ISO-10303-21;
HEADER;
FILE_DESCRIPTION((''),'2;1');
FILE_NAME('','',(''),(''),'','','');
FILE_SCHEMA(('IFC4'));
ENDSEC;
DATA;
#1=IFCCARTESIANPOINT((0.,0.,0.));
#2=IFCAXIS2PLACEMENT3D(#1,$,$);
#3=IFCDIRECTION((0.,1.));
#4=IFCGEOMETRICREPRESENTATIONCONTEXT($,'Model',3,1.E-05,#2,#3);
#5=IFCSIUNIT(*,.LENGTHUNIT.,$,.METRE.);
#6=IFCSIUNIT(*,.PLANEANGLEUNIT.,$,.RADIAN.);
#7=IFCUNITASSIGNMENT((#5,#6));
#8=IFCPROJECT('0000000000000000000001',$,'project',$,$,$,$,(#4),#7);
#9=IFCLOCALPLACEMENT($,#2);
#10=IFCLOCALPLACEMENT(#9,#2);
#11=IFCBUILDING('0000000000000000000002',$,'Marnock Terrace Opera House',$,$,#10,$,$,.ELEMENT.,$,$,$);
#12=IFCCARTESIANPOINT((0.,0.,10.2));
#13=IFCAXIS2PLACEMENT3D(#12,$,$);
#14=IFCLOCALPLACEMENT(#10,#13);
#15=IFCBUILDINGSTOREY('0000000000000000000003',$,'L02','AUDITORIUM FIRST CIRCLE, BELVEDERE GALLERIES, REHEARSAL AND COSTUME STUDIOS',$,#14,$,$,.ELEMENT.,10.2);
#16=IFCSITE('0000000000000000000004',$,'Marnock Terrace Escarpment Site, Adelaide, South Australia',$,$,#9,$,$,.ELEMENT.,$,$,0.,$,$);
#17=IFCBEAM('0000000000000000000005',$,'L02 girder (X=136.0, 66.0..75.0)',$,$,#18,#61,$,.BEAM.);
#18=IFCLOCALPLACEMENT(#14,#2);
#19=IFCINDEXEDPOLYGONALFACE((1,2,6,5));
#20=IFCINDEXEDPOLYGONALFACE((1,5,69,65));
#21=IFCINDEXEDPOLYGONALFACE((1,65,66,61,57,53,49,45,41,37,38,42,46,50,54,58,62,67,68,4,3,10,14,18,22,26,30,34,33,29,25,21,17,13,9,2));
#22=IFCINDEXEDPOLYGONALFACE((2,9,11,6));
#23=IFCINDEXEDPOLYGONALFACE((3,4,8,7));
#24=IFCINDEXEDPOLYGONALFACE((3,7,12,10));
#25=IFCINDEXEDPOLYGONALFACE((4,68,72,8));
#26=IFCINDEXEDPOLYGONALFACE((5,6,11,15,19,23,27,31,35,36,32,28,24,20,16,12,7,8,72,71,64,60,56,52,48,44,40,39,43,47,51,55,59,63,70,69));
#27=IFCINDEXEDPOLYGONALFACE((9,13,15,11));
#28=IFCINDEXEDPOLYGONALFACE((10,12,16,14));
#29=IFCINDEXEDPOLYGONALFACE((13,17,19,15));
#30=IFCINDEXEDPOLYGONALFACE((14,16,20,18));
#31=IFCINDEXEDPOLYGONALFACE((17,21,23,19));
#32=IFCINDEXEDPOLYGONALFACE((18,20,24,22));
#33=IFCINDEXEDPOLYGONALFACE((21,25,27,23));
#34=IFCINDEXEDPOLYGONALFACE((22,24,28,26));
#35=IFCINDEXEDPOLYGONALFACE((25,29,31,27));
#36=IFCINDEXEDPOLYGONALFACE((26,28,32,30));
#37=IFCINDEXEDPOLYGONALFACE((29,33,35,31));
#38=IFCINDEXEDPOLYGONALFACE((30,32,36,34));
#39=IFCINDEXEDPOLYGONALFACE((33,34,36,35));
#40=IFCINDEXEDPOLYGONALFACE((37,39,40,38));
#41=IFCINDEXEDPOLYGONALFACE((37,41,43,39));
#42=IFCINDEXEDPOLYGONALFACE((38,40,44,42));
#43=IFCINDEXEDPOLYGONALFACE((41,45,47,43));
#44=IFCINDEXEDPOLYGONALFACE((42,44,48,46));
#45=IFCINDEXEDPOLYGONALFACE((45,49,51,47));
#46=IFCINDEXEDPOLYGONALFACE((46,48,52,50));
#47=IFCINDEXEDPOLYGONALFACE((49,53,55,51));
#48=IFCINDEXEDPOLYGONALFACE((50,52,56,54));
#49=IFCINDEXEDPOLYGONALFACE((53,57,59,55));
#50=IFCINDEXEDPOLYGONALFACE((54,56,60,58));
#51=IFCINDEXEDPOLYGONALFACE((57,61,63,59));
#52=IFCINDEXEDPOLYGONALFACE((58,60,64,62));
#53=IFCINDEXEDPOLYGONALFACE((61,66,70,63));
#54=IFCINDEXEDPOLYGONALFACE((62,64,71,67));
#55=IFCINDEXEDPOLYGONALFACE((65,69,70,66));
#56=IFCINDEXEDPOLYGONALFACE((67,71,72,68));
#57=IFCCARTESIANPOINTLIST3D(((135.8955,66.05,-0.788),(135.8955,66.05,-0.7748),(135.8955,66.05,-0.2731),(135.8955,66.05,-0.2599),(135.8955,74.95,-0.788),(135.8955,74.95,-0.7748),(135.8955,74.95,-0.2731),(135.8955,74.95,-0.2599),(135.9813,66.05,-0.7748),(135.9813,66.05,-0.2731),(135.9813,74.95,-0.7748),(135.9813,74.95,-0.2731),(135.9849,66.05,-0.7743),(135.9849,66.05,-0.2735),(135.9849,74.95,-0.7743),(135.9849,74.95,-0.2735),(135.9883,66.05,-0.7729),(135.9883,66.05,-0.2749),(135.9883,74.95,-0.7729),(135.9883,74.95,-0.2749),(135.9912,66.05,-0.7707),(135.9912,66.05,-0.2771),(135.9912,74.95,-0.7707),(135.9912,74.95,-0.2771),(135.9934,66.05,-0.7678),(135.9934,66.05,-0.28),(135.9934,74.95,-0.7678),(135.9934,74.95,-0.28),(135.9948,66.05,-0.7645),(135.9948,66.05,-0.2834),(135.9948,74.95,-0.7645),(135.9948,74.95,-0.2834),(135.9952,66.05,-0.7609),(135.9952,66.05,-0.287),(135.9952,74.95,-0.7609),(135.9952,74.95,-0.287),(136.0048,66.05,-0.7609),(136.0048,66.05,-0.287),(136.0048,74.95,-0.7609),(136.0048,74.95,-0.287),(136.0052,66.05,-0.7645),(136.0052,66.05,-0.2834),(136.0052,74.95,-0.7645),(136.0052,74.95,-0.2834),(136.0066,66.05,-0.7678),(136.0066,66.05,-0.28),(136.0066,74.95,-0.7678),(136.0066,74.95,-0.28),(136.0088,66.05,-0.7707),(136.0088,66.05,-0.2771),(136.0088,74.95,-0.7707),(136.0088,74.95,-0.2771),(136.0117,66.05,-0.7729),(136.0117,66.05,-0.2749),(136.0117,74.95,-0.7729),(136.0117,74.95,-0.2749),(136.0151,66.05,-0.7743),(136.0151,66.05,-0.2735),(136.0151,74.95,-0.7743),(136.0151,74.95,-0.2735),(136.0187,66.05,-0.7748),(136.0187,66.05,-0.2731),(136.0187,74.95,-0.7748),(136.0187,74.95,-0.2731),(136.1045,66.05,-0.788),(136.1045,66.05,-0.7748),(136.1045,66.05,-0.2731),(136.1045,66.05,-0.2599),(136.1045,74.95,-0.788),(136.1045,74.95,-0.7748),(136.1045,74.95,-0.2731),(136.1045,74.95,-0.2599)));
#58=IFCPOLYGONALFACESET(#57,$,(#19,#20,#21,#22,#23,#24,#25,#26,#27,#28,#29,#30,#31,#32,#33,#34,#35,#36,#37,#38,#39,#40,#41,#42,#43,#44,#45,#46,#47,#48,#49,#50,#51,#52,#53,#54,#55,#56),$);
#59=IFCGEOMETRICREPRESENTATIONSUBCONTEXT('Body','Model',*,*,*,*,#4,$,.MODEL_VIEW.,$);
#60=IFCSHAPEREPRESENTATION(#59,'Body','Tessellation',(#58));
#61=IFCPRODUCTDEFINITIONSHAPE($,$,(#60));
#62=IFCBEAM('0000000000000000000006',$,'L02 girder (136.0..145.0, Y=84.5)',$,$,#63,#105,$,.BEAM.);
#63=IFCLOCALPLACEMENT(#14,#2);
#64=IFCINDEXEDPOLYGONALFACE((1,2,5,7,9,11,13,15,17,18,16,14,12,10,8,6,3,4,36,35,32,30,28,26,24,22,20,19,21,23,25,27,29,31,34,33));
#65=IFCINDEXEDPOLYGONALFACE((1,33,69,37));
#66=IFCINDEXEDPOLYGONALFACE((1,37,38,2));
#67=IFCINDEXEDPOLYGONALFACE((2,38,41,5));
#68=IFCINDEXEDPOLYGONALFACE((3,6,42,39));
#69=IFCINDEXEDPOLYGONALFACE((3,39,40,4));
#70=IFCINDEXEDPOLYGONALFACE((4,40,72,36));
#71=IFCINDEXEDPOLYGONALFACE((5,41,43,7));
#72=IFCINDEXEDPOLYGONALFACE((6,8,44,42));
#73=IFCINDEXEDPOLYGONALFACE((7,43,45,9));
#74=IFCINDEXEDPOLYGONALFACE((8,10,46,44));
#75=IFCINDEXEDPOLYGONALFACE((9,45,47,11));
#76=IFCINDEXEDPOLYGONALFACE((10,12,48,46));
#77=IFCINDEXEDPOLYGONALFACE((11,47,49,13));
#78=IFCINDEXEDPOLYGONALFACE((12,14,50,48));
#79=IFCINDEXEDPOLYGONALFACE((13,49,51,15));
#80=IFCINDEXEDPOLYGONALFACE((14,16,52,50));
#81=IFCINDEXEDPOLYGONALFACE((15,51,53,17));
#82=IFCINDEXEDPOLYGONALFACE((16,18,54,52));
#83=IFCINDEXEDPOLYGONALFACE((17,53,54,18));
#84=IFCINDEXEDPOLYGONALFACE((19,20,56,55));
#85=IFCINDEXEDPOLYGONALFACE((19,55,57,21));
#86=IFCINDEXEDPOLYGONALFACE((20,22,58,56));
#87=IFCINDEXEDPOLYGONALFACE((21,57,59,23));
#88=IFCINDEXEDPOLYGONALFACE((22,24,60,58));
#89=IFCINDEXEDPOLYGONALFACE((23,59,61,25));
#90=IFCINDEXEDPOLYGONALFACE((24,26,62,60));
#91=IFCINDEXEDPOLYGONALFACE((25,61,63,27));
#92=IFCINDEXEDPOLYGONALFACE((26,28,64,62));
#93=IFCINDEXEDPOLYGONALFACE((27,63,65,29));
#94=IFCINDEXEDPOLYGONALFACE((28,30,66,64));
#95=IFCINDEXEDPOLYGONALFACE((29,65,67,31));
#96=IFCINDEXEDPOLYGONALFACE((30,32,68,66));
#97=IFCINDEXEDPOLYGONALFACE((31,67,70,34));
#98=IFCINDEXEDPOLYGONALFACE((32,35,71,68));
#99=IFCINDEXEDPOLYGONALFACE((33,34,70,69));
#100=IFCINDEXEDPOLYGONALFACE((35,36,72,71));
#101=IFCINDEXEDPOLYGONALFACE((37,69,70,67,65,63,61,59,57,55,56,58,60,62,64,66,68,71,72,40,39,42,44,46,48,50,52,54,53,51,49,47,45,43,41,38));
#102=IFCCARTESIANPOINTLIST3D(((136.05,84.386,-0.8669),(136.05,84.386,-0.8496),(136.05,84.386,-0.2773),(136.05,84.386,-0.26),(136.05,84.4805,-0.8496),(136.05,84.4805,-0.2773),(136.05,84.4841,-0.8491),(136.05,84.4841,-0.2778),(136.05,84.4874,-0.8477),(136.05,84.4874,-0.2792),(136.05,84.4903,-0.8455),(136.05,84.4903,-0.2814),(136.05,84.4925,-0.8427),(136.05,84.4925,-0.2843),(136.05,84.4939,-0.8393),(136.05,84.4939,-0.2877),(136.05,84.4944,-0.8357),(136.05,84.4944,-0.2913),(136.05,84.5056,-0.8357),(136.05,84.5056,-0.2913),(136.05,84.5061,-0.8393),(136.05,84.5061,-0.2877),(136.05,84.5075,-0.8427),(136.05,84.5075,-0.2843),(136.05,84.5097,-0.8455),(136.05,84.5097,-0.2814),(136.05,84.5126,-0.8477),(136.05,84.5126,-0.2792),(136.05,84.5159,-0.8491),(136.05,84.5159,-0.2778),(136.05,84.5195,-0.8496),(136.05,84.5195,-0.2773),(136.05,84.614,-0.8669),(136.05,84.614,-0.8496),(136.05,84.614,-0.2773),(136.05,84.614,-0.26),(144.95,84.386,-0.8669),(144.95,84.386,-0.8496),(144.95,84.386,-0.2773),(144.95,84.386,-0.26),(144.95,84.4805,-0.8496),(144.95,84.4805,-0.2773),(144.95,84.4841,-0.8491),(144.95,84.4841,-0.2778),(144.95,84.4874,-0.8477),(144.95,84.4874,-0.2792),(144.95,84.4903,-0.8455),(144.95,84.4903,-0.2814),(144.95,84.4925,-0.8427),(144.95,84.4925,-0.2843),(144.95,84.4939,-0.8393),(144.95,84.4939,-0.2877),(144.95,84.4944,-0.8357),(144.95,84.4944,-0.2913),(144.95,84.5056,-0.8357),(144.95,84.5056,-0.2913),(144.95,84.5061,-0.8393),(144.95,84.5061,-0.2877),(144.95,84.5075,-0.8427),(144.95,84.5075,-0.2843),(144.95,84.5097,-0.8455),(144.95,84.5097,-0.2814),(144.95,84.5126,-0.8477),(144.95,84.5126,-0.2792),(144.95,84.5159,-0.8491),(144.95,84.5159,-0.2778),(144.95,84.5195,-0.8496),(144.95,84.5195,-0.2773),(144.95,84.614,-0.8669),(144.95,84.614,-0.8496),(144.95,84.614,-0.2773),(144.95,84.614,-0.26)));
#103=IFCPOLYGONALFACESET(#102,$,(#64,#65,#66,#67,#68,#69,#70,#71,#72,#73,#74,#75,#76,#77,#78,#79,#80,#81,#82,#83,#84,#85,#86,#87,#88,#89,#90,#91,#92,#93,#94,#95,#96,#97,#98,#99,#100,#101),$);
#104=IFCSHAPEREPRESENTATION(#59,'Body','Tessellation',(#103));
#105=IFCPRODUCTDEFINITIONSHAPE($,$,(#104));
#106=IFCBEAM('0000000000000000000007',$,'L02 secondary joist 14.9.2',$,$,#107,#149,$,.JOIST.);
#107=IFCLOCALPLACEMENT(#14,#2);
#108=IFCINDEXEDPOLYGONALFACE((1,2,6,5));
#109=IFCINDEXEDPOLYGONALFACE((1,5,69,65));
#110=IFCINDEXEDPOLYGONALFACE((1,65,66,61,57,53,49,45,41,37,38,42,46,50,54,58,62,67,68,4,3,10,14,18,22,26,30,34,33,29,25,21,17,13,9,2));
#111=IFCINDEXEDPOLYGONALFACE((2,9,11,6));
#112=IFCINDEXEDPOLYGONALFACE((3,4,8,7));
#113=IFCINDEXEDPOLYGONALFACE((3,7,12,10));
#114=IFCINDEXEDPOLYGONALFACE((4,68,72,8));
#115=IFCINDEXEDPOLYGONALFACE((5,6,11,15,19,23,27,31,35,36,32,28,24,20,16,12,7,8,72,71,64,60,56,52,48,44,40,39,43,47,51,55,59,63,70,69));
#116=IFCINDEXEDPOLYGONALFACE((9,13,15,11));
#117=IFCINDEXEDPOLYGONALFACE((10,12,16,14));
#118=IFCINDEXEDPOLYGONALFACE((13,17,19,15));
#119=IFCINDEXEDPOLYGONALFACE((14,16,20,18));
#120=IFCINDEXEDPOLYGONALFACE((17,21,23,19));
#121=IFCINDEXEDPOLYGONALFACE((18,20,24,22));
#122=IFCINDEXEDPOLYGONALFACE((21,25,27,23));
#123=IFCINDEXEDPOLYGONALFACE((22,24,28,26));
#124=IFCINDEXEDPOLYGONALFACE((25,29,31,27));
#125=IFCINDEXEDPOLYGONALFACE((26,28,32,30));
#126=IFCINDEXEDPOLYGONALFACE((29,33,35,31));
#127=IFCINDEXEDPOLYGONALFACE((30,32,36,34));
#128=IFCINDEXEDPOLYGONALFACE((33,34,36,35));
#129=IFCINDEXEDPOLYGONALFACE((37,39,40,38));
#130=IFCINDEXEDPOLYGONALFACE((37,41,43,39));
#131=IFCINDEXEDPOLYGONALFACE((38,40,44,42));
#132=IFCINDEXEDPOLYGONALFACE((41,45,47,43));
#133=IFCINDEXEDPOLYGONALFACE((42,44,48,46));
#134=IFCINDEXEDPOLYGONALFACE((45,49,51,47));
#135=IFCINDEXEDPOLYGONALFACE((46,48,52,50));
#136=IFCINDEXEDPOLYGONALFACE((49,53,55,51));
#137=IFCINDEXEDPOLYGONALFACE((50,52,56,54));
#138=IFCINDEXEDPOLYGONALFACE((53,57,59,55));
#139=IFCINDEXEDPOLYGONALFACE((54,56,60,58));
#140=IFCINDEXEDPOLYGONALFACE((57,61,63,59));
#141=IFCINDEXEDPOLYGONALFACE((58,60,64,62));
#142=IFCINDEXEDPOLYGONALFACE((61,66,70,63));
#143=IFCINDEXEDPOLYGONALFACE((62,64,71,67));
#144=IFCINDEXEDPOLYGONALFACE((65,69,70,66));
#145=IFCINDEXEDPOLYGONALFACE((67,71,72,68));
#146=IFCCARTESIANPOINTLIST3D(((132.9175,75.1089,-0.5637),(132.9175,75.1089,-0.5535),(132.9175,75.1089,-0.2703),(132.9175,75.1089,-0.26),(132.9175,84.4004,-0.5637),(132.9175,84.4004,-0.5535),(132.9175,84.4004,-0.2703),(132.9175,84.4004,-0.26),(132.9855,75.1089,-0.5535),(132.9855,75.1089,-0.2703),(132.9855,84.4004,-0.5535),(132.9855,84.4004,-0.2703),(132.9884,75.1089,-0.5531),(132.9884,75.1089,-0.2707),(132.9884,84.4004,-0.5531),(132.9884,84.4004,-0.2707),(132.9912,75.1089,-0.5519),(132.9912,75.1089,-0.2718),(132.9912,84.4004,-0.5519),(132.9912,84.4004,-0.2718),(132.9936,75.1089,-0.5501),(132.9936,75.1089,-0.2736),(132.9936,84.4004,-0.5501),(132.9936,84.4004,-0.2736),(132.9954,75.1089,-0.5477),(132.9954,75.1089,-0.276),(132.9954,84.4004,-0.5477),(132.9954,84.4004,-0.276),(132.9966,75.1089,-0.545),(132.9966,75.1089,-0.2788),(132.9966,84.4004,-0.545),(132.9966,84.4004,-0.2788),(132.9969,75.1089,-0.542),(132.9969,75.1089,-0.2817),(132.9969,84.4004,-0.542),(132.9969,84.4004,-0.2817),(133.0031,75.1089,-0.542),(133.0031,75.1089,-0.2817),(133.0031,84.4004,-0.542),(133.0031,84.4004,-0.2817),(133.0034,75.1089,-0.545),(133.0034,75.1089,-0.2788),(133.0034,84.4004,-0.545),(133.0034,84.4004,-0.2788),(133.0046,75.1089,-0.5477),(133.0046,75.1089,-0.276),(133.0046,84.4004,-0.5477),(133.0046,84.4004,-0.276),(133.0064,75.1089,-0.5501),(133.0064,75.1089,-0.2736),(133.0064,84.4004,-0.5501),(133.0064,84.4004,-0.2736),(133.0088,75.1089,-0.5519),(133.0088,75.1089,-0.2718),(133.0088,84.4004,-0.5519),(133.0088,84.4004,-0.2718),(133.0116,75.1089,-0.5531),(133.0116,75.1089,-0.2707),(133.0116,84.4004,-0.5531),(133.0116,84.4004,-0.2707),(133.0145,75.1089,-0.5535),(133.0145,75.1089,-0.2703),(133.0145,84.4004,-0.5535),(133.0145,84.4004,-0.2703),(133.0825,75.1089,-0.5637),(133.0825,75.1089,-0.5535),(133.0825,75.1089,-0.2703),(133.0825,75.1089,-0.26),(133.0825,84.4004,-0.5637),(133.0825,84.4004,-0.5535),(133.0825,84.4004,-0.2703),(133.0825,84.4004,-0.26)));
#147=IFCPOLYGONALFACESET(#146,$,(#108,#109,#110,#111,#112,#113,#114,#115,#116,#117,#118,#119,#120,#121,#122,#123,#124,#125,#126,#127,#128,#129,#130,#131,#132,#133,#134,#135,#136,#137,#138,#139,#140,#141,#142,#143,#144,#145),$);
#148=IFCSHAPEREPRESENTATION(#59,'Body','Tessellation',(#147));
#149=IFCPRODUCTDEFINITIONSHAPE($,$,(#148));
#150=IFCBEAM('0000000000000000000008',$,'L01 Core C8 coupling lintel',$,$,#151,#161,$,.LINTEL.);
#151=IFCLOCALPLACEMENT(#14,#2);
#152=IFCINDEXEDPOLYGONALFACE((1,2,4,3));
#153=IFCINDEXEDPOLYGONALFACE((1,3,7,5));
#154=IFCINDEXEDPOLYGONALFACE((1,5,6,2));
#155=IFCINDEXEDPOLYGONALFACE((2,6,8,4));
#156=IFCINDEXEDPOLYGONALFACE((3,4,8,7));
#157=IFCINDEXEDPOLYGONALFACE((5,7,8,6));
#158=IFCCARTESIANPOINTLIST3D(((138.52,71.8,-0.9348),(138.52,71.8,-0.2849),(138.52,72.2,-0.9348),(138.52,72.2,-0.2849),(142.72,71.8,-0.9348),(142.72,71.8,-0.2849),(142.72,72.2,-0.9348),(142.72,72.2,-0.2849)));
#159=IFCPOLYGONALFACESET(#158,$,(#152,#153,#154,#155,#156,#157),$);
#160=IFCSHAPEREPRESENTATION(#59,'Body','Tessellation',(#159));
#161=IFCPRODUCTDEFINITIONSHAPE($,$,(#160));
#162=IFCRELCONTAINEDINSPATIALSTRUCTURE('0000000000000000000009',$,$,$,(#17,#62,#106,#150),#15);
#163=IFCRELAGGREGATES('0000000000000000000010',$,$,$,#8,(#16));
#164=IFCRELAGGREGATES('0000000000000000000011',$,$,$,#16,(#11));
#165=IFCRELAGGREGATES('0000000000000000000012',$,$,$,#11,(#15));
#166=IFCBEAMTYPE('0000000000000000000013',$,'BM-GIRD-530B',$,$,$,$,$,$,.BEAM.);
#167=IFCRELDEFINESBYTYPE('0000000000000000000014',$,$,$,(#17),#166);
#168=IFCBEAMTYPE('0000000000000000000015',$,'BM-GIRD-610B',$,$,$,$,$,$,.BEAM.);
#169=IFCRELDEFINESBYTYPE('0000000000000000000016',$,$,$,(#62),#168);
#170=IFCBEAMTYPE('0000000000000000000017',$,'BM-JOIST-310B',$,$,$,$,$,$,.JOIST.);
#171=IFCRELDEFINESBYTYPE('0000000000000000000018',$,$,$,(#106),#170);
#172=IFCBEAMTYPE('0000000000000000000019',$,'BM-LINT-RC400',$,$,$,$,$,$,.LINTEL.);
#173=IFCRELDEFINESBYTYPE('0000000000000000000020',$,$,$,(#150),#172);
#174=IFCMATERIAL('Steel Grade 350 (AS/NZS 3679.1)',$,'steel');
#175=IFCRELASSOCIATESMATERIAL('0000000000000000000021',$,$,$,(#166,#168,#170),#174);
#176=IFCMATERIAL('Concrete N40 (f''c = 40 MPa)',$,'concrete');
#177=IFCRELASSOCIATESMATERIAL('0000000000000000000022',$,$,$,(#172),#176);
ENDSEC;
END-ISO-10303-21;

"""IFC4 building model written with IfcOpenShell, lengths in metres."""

from ifc_helpers import new_model, si_unit, direction, frame, origin, origin_2d, place, context, subcontext, project, spatial, rectangle, i_section, extrude, material, material_profile, profile_set, type_object, element, save


model = new_model("IFC4")

# Units and contexts
model_context = context("Model", 3, precision=1e-05, world=origin(), true_north=direction((0.0, 1.0)))
body_context = subcontext(model_context, "Body", "Model", "MODEL_VIEW")
ifc_project = project(units=[si_unit("LENGTHUNIT", "METRE"), si_unit("PLANEANGLEUNIT", "RADIAN")], contexts=[model_context])

# Site, building, storey
site_placement = place(None, origin())
site = spatial("IfcSite", under=ifc_project, at=site_placement, Name="Marnock Terrace Escarpment Site, Adelaide, South Australia", CompositionType="ELEMENT", RefElevation=0.0)
building_placement = place(site_placement, origin())
building = spatial("IfcBuilding", under=site, at=building_placement, Name="Marnock Terrace Opera House", CompositionType="ELEMENT")
storey_placement = place(building_placement, frame((0.0, 0.0, 10.2)))
storey = spatial("IfcBuildingStorey", under=building, at=storey_placement, Name="L02", Description="AUDITORIUM FIRST CIRCLE, BELVEDERE GALLERIES, REHEARSAL AND COSTUME STUDIOS", CompositionType="ELEMENT", Elevation=10.2)

# Shared definitions
ifc_material_1 = material(Name="Concrete N40 (f'c = 40 MPa)", Category="concrete")

# Beams
ifc_material_2 = material(Name="Steel Grade 350 (AS/NZS 3679.1)", Category="steel")
ifc_material_profile_1 = material_profile(ifc_material_2, i_section(OverallWidth=0.209, OverallDepth=0.5281, WebThickness=0.0095, FlangeThickness=0.0132, FilletRadius=0.0139, at=origin_2d()))
ifc_profile_set_1 = profile_set([ifc_material_profile_1], Name="Steel Grade 350 (AS/NZS 3679.1)")
beam_type_1 = type_object("IfcBeamType", Name="BM-GIRD-530B", PredefinedType="BEAM", material=ifc_profile_set_1)
beam_1_placement = place(storey_placement, frame((136.0, 66.05, -0.5239), z_axis=(0.0, 1.0, 0.0), x_axis=(-1.0, 0.0, 0.0)))
element("IfcBeam", 1, at=beam_1_placement, inside=storey, type_object=beam_type_1, Name="L02 girder (X=136.0, 66.0..75.0)", PredefinedType="BEAM", context=body_context, shape_type="SweptSolid", body=[
    extrude(i_section(OverallWidth=0.209, OverallDepth=0.5281, WebThickness=0.0095, FlangeThickness=0.0132, FilletRadius=0.0139, at=origin_2d()), origin(), (0.0, 0.0, 1.0), 8.8999),
])
ifc_material_profile_2 = material_profile(ifc_material_2, i_section(OverallWidth=0.228, OverallDepth=0.6069, WebThickness=0.0112, FlangeThickness=0.0173, FilletRadius=0.0139, at=origin_2d()))
ifc_profile_set_2 = profile_set([ifc_material_profile_2], Name="Steel Grade 350 (AS/NZS 3679.1)")
beam_type_2 = type_object("IfcBeamType", Name="BM-GIRD-610B", PredefinedType="BEAM", material=ifc_profile_set_2)
beam_2_placement = place(storey_placement, frame((136.05, 84.5, -0.5635), z_axis=(1.0, 0.0, 0.0), x_axis=(0.0, 1.0, 0.0)))
element("IfcBeam", 2, at=beam_2_placement, inside=storey, type_object=beam_type_2, Name="L02 girder (136.0..145.0, Y=84.5)", PredefinedType="BEAM", context=body_context, shape_type="SweptSolid", body=[
    extrude(i_section(OverallWidth=0.228, OverallDepth=0.6069, WebThickness=0.0112, FlangeThickness=0.0173, FilletRadius=0.0139, at=origin_2d()), origin(), (0.0, 0.0, 1.0), 8.8999),
])
ifc_material_profile_3 = material_profile(ifc_material_2, i_section(OverallWidth=0.165, OverallDepth=0.3037, WebThickness=0.0061, FlangeThickness=0.0103, FilletRadius=0.0115, at=origin_2d()))
ifc_profile_set_3 = profile_set([ifc_material_profile_3], Name="Steel Grade 350 (AS/NZS 3679.1)")
beam_type_3 = type_object("IfcBeamType", Name="BM-JOIST-310B", PredefinedType="JOIST", material=ifc_profile_set_3)
beam_3_placement = place(storey_placement, frame((133.0, 75.1089, -0.4119), z_axis=(0.0, 1.0, 0.0), x_axis=(-1.0, 0.0, 0.0)))
element("IfcBeam", 3, at=beam_3_placement, inside=storey, type_object=beam_type_3, Name="L02 secondary joist 14.9.2", PredefinedType="JOIST", context=body_context, shape_type="SweptSolid", body=[
    extrude(i_section(OverallWidth=0.165, OverallDepth=0.3037, WebThickness=0.0061, FlangeThickness=0.0103, FilletRadius=0.0115, at=origin_2d()), origin(), (0.0, 0.0, 1.0), 9.2915),
])
ifc_material_profile_4 = material_profile(ifc_material_1, rectangle(XDim=0.3999, YDim=0.6499, at=origin_2d()))
ifc_profile_set_4 = profile_set([ifc_material_profile_4], Name="Concrete N40 (f'c = 40 MPa)")
beam_type_4 = type_object("IfcBeamType", Name="BM-LINT-RC400", PredefinedType="LINTEL", material=ifc_profile_set_4)
beam_4_placement = place(storey_placement, frame((138.52, 72.0, -0.6099), z_axis=(1.0, 0.0, 0.0), x_axis=(0.0, 1.0, 0.0)))
element("IfcBeam", 4, at=beam_4_placement, inside=storey, type_object=beam_type_4, Name="L01 Core C8 coupling lintel", PredefinedType="LINTEL", context=body_context, shape_type="SweptSolid", body=[
    extrude(rectangle(XDim=0.3999, YDim=0.6499, at=origin_2d()), origin(), (0.0, 0.0, 1.0), 4.2),
])

save(model, "model.ifc")
